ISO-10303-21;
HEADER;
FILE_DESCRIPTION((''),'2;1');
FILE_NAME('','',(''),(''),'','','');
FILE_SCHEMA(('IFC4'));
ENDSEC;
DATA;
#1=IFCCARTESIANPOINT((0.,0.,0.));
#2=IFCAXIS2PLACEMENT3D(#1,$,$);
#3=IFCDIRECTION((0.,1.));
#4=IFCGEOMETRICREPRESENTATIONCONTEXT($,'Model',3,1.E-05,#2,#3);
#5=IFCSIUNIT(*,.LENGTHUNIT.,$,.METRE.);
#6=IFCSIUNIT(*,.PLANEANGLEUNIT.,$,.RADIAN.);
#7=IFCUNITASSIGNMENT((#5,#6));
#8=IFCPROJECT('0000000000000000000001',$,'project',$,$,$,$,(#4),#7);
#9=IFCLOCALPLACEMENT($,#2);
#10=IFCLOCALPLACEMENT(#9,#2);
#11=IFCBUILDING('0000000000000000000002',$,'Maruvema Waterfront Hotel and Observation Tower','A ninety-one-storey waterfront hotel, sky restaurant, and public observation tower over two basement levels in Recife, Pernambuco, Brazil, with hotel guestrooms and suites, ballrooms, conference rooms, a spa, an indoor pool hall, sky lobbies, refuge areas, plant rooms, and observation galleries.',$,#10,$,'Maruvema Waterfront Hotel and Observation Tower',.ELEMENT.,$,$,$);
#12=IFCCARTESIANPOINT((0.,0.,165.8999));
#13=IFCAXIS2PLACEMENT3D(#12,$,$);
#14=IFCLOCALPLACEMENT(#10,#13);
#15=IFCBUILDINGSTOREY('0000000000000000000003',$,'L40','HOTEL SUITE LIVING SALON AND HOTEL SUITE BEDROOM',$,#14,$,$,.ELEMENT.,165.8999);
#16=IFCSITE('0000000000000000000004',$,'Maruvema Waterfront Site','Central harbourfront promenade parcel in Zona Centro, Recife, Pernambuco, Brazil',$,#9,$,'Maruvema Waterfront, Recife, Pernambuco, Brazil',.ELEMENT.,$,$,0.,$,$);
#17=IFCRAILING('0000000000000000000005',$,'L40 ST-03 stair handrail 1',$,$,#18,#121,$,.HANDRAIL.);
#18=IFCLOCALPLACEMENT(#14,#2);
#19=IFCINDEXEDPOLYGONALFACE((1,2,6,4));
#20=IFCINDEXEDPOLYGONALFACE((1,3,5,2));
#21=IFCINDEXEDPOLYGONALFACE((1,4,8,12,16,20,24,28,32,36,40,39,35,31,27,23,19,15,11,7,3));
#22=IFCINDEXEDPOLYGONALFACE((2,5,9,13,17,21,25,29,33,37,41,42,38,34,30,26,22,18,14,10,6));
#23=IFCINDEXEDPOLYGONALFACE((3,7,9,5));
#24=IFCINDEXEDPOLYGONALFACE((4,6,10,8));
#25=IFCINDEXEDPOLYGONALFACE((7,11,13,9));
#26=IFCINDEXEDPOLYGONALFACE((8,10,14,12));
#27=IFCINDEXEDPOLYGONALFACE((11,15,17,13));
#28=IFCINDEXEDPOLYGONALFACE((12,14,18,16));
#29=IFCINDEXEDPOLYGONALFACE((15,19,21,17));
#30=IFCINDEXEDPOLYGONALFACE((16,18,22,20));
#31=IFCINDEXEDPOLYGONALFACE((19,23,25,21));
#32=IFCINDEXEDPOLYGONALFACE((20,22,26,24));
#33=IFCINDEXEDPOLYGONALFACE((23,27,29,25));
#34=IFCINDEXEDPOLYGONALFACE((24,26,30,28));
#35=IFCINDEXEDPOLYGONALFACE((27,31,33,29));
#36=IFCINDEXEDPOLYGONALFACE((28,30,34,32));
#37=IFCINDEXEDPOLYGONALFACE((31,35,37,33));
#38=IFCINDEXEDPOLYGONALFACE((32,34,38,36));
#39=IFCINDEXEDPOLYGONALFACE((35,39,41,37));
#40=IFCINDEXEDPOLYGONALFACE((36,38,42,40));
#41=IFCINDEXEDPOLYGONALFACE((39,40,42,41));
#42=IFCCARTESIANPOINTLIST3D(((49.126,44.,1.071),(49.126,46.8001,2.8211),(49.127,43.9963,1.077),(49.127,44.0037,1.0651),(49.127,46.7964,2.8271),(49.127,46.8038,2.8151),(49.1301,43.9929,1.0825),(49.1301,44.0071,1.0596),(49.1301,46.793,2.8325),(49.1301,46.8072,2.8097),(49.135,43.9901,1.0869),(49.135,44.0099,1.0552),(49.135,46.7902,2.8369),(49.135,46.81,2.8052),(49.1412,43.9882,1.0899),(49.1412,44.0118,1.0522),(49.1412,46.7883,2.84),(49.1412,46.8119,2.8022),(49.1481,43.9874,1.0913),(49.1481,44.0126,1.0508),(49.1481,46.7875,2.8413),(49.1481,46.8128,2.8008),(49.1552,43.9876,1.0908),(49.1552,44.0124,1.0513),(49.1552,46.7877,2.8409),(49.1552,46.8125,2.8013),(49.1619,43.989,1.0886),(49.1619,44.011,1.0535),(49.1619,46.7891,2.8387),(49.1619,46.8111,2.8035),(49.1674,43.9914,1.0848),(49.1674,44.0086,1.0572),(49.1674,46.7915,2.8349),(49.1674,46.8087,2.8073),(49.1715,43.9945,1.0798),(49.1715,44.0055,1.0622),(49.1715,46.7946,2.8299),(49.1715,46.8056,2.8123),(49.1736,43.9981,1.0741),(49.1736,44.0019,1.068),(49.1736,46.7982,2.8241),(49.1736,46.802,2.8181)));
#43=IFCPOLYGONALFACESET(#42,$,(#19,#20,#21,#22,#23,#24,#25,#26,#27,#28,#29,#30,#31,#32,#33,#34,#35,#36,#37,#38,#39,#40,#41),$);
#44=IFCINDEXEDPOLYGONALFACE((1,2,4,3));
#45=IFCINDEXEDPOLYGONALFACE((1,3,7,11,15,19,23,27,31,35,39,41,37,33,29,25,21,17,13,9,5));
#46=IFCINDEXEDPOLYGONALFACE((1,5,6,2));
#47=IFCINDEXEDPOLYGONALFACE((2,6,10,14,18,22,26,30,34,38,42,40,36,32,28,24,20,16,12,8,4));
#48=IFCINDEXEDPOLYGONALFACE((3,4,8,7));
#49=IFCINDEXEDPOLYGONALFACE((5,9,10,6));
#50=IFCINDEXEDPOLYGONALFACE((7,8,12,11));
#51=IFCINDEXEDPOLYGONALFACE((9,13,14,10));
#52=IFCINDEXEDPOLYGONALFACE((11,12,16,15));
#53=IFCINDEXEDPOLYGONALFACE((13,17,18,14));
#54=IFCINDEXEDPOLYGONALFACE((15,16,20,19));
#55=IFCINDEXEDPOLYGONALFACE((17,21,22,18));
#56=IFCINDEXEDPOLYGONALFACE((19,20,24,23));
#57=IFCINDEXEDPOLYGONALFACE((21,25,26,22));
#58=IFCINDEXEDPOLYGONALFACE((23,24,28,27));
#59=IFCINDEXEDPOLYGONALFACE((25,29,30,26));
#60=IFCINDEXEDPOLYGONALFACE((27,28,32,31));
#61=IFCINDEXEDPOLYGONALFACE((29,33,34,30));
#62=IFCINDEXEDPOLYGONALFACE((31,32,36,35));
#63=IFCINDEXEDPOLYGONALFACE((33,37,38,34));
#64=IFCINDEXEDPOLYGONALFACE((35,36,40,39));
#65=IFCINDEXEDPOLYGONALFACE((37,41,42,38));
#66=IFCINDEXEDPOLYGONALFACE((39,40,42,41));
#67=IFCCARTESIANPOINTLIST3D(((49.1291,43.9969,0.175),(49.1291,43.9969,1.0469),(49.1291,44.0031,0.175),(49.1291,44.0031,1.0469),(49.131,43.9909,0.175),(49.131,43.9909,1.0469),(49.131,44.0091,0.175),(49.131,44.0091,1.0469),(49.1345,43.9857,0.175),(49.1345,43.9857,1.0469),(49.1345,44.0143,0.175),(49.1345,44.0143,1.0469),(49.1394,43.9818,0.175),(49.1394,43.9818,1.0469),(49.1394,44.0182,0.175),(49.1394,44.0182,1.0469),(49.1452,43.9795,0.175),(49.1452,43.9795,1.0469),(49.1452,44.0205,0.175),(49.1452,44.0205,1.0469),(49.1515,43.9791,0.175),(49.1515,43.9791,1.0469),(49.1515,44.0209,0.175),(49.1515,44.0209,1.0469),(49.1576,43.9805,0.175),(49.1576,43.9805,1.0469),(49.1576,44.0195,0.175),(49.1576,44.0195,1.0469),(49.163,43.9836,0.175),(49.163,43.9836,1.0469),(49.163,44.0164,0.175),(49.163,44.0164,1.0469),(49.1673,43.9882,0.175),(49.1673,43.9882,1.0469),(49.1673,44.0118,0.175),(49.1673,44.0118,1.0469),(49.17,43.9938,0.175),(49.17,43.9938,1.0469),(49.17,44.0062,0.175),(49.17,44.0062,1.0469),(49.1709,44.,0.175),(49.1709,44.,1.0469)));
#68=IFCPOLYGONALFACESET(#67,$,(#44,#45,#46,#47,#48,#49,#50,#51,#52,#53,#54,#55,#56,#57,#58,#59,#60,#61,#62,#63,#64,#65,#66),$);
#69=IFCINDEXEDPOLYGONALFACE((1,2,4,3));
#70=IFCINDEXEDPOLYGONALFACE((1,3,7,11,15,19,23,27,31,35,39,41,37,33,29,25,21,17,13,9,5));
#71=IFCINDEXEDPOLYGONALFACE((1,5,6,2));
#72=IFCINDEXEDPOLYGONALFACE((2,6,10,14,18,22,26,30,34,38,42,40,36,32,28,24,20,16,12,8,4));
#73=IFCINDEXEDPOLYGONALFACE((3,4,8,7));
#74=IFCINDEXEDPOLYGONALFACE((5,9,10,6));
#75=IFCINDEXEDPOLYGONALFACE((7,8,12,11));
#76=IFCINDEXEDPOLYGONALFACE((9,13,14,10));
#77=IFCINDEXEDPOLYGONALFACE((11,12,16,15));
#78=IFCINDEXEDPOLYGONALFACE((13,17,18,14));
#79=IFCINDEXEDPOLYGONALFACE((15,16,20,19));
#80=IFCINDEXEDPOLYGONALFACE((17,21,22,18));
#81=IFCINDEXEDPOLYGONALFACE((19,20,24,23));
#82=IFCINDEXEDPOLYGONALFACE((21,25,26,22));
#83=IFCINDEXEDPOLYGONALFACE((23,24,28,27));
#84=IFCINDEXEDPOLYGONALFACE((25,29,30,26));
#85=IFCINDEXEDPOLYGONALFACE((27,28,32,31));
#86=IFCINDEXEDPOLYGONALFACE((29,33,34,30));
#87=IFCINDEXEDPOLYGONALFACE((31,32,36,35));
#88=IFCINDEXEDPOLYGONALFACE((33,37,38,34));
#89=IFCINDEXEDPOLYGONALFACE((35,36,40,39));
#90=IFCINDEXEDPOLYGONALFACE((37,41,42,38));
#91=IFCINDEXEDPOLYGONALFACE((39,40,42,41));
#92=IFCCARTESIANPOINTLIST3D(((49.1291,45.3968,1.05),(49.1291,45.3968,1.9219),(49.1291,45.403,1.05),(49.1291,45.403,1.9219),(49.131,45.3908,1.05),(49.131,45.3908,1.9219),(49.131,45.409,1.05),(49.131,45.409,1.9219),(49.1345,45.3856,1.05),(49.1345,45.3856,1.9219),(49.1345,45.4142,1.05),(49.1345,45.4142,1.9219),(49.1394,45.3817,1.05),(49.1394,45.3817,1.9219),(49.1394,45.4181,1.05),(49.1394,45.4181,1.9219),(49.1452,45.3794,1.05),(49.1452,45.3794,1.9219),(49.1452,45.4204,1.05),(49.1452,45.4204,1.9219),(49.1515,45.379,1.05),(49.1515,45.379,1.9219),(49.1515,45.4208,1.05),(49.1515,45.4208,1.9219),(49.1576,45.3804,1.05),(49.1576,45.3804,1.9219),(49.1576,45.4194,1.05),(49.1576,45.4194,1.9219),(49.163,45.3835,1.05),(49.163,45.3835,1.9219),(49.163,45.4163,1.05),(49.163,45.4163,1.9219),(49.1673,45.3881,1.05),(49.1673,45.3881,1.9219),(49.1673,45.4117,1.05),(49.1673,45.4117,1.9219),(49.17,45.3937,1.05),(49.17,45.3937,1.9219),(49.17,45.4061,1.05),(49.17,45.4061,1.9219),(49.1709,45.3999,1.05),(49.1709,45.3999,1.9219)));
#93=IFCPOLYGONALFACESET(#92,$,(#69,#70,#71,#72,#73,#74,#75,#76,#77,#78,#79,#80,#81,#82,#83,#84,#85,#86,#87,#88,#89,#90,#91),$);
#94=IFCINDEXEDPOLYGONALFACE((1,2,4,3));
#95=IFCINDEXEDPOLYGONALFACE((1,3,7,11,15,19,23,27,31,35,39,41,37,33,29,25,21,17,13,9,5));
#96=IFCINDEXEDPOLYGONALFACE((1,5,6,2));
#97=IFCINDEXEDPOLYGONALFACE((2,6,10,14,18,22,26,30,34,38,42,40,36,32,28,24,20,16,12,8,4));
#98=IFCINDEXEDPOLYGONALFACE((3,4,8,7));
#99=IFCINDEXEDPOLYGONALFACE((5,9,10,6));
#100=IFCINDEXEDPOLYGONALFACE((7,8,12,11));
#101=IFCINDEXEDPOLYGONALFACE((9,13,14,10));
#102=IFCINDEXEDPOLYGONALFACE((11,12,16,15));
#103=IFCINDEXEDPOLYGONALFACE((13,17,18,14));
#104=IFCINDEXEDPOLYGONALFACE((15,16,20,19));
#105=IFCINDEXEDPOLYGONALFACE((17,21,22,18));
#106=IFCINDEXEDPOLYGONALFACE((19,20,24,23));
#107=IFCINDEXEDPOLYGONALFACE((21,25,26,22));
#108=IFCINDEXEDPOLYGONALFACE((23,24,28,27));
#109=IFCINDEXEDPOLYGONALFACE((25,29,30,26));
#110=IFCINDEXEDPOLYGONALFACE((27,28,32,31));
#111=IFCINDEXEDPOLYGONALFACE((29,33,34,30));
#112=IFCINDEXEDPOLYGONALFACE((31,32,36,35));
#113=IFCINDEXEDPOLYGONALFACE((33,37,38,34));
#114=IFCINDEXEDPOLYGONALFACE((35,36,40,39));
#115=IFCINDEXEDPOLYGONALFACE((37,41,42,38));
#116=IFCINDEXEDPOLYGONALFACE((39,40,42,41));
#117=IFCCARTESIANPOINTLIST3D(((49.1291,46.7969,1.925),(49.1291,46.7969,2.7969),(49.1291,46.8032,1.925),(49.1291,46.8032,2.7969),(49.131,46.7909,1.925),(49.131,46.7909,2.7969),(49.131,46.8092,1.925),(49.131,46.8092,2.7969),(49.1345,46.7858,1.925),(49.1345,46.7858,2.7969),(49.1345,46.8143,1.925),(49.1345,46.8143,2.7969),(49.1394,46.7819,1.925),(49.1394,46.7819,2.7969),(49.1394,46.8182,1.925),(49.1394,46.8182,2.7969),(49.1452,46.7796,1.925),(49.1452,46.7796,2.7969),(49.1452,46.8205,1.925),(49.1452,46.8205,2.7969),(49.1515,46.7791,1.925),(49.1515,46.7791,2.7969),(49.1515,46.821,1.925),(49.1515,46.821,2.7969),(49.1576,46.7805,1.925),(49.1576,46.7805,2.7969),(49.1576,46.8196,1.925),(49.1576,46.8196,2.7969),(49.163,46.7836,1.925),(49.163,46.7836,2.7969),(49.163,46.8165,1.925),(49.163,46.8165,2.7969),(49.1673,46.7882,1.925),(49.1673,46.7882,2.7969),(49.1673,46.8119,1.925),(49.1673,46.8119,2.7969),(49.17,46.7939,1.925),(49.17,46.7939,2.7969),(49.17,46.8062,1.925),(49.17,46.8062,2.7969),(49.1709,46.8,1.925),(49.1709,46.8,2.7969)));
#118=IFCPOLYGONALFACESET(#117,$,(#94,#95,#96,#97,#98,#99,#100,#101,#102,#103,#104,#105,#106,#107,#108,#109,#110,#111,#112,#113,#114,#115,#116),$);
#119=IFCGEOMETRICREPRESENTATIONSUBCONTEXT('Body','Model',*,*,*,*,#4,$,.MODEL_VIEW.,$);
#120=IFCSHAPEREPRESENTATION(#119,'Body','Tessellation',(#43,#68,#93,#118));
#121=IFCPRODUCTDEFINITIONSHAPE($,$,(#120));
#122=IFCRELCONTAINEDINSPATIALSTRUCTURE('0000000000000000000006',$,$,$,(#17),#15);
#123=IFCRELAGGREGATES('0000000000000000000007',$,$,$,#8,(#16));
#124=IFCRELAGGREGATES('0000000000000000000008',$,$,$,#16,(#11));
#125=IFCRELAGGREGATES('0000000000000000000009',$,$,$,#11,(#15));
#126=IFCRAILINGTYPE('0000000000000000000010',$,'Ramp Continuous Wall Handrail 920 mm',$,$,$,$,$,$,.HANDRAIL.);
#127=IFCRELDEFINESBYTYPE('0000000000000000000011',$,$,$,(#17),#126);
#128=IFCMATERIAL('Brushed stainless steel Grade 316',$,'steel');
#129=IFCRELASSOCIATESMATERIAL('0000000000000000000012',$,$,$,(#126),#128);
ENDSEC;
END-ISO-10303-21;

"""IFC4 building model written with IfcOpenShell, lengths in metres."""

from ifc_helpers import new_model, si_unit, direction, frame, origin, origin_2d, place, context, subcontext, project, spatial, circle, extrude, material, type_object, element, save


model = new_model("IFC4")

# Units and contexts
model_context = context("Model", 3, precision=1e-05, world=origin(), true_north=direction((0.0, 1.0)))
body_context = subcontext(model_context, "Body", "Model", "MODEL_VIEW")
ifc_project = project(units=[si_unit("LENGTHUNIT", "METRE"), si_unit("PLANEANGLEUNIT", "RADIAN")], contexts=[model_context])

# Site, building, storey
site_placement = place(None, origin())
site = spatial("IfcSite", under=ifc_project, at=site_placement, Name="Maruvema Waterfront Site", Description="Central harbourfront promenade parcel in Zona Centro, Recife, Pernambuco, Brazil", LongName="Maruvema Waterfront, Recife, Pernambuco, Brazil", CompositionType="ELEMENT", RefElevation=0.0)
building_placement = place(site_placement, origin())
building = spatial("IfcBuilding", under=site, at=building_placement, Name="Maruvema Waterfront Hotel and Observation Tower", Description="A ninety-one-storey waterfront hotel, sky restaurant, and public observation tower over two basement levels in Recife, Pernambuco, Brazil, with hotel guestrooms and suites, ballrooms, conference rooms, a spa, an indoor pool hall, sky lobbies, refuge areas, plant rooms, and observation galleries.", LongName="Maruvema Waterfront Hotel and Observation Tower", CompositionType="ELEMENT")
storey_placement = place(building_placement, frame((0.0, 0.0, 165.8999)))
storey = spatial("IfcBuildingStorey", under=building, at=storey_placement, Name="L40", Description="HOTEL SUITE LIVING SALON AND HOTEL SUITE BEDROOM", CompositionType="ELEMENT", Elevation=165.8999)

# Railing
ifc_material_1 = material(Name="Brushed stainless steel Grade 316", Category="steel")
railing_type_1 = type_object("IfcRailingType", Name="Ramp Continuous Wall Handrail 920 mm", PredefinedType="HANDRAIL", material=ifc_material_1)
railing_1_placement = place(storey_placement, frame((49.1499, 44.0, 0.175)))
element("IfcRailing", 1, at=railing_1_placement, inside=storey, type_object=railing_type_1, Name="L40 ST-03 stair handrail 1", PredefinedType="HANDRAIL", context=body_context, shape_type="SweptSolid", body=[
    extrude(circle(Radius=0.0239, at=origin_2d()), frame((0.0, 0.0, 0.896), z_axis=(0.0, 0.848002, 0.529992), x_axis=(-1.0, 0.0, 0.0)), (0.0, 0.0, 1.0), 3.302),
    extrude(circle(Radius=0.021, at=origin_2d()), origin(), (0.0, 0.0, 1.0), 0.8718),
    extrude(circle(Radius=0.021, at=origin_2d()), frame((0.0, 1.3999, 0.875)), (0.0, 0.0, 1.0), 0.8718),
    extrude(circle(Radius=0.021, at=origin_2d()), frame((0.0, 2.8, 1.75)), (0.0, 0.0, 1.0), 0.8718),
])

save(model, "model.ifc")
